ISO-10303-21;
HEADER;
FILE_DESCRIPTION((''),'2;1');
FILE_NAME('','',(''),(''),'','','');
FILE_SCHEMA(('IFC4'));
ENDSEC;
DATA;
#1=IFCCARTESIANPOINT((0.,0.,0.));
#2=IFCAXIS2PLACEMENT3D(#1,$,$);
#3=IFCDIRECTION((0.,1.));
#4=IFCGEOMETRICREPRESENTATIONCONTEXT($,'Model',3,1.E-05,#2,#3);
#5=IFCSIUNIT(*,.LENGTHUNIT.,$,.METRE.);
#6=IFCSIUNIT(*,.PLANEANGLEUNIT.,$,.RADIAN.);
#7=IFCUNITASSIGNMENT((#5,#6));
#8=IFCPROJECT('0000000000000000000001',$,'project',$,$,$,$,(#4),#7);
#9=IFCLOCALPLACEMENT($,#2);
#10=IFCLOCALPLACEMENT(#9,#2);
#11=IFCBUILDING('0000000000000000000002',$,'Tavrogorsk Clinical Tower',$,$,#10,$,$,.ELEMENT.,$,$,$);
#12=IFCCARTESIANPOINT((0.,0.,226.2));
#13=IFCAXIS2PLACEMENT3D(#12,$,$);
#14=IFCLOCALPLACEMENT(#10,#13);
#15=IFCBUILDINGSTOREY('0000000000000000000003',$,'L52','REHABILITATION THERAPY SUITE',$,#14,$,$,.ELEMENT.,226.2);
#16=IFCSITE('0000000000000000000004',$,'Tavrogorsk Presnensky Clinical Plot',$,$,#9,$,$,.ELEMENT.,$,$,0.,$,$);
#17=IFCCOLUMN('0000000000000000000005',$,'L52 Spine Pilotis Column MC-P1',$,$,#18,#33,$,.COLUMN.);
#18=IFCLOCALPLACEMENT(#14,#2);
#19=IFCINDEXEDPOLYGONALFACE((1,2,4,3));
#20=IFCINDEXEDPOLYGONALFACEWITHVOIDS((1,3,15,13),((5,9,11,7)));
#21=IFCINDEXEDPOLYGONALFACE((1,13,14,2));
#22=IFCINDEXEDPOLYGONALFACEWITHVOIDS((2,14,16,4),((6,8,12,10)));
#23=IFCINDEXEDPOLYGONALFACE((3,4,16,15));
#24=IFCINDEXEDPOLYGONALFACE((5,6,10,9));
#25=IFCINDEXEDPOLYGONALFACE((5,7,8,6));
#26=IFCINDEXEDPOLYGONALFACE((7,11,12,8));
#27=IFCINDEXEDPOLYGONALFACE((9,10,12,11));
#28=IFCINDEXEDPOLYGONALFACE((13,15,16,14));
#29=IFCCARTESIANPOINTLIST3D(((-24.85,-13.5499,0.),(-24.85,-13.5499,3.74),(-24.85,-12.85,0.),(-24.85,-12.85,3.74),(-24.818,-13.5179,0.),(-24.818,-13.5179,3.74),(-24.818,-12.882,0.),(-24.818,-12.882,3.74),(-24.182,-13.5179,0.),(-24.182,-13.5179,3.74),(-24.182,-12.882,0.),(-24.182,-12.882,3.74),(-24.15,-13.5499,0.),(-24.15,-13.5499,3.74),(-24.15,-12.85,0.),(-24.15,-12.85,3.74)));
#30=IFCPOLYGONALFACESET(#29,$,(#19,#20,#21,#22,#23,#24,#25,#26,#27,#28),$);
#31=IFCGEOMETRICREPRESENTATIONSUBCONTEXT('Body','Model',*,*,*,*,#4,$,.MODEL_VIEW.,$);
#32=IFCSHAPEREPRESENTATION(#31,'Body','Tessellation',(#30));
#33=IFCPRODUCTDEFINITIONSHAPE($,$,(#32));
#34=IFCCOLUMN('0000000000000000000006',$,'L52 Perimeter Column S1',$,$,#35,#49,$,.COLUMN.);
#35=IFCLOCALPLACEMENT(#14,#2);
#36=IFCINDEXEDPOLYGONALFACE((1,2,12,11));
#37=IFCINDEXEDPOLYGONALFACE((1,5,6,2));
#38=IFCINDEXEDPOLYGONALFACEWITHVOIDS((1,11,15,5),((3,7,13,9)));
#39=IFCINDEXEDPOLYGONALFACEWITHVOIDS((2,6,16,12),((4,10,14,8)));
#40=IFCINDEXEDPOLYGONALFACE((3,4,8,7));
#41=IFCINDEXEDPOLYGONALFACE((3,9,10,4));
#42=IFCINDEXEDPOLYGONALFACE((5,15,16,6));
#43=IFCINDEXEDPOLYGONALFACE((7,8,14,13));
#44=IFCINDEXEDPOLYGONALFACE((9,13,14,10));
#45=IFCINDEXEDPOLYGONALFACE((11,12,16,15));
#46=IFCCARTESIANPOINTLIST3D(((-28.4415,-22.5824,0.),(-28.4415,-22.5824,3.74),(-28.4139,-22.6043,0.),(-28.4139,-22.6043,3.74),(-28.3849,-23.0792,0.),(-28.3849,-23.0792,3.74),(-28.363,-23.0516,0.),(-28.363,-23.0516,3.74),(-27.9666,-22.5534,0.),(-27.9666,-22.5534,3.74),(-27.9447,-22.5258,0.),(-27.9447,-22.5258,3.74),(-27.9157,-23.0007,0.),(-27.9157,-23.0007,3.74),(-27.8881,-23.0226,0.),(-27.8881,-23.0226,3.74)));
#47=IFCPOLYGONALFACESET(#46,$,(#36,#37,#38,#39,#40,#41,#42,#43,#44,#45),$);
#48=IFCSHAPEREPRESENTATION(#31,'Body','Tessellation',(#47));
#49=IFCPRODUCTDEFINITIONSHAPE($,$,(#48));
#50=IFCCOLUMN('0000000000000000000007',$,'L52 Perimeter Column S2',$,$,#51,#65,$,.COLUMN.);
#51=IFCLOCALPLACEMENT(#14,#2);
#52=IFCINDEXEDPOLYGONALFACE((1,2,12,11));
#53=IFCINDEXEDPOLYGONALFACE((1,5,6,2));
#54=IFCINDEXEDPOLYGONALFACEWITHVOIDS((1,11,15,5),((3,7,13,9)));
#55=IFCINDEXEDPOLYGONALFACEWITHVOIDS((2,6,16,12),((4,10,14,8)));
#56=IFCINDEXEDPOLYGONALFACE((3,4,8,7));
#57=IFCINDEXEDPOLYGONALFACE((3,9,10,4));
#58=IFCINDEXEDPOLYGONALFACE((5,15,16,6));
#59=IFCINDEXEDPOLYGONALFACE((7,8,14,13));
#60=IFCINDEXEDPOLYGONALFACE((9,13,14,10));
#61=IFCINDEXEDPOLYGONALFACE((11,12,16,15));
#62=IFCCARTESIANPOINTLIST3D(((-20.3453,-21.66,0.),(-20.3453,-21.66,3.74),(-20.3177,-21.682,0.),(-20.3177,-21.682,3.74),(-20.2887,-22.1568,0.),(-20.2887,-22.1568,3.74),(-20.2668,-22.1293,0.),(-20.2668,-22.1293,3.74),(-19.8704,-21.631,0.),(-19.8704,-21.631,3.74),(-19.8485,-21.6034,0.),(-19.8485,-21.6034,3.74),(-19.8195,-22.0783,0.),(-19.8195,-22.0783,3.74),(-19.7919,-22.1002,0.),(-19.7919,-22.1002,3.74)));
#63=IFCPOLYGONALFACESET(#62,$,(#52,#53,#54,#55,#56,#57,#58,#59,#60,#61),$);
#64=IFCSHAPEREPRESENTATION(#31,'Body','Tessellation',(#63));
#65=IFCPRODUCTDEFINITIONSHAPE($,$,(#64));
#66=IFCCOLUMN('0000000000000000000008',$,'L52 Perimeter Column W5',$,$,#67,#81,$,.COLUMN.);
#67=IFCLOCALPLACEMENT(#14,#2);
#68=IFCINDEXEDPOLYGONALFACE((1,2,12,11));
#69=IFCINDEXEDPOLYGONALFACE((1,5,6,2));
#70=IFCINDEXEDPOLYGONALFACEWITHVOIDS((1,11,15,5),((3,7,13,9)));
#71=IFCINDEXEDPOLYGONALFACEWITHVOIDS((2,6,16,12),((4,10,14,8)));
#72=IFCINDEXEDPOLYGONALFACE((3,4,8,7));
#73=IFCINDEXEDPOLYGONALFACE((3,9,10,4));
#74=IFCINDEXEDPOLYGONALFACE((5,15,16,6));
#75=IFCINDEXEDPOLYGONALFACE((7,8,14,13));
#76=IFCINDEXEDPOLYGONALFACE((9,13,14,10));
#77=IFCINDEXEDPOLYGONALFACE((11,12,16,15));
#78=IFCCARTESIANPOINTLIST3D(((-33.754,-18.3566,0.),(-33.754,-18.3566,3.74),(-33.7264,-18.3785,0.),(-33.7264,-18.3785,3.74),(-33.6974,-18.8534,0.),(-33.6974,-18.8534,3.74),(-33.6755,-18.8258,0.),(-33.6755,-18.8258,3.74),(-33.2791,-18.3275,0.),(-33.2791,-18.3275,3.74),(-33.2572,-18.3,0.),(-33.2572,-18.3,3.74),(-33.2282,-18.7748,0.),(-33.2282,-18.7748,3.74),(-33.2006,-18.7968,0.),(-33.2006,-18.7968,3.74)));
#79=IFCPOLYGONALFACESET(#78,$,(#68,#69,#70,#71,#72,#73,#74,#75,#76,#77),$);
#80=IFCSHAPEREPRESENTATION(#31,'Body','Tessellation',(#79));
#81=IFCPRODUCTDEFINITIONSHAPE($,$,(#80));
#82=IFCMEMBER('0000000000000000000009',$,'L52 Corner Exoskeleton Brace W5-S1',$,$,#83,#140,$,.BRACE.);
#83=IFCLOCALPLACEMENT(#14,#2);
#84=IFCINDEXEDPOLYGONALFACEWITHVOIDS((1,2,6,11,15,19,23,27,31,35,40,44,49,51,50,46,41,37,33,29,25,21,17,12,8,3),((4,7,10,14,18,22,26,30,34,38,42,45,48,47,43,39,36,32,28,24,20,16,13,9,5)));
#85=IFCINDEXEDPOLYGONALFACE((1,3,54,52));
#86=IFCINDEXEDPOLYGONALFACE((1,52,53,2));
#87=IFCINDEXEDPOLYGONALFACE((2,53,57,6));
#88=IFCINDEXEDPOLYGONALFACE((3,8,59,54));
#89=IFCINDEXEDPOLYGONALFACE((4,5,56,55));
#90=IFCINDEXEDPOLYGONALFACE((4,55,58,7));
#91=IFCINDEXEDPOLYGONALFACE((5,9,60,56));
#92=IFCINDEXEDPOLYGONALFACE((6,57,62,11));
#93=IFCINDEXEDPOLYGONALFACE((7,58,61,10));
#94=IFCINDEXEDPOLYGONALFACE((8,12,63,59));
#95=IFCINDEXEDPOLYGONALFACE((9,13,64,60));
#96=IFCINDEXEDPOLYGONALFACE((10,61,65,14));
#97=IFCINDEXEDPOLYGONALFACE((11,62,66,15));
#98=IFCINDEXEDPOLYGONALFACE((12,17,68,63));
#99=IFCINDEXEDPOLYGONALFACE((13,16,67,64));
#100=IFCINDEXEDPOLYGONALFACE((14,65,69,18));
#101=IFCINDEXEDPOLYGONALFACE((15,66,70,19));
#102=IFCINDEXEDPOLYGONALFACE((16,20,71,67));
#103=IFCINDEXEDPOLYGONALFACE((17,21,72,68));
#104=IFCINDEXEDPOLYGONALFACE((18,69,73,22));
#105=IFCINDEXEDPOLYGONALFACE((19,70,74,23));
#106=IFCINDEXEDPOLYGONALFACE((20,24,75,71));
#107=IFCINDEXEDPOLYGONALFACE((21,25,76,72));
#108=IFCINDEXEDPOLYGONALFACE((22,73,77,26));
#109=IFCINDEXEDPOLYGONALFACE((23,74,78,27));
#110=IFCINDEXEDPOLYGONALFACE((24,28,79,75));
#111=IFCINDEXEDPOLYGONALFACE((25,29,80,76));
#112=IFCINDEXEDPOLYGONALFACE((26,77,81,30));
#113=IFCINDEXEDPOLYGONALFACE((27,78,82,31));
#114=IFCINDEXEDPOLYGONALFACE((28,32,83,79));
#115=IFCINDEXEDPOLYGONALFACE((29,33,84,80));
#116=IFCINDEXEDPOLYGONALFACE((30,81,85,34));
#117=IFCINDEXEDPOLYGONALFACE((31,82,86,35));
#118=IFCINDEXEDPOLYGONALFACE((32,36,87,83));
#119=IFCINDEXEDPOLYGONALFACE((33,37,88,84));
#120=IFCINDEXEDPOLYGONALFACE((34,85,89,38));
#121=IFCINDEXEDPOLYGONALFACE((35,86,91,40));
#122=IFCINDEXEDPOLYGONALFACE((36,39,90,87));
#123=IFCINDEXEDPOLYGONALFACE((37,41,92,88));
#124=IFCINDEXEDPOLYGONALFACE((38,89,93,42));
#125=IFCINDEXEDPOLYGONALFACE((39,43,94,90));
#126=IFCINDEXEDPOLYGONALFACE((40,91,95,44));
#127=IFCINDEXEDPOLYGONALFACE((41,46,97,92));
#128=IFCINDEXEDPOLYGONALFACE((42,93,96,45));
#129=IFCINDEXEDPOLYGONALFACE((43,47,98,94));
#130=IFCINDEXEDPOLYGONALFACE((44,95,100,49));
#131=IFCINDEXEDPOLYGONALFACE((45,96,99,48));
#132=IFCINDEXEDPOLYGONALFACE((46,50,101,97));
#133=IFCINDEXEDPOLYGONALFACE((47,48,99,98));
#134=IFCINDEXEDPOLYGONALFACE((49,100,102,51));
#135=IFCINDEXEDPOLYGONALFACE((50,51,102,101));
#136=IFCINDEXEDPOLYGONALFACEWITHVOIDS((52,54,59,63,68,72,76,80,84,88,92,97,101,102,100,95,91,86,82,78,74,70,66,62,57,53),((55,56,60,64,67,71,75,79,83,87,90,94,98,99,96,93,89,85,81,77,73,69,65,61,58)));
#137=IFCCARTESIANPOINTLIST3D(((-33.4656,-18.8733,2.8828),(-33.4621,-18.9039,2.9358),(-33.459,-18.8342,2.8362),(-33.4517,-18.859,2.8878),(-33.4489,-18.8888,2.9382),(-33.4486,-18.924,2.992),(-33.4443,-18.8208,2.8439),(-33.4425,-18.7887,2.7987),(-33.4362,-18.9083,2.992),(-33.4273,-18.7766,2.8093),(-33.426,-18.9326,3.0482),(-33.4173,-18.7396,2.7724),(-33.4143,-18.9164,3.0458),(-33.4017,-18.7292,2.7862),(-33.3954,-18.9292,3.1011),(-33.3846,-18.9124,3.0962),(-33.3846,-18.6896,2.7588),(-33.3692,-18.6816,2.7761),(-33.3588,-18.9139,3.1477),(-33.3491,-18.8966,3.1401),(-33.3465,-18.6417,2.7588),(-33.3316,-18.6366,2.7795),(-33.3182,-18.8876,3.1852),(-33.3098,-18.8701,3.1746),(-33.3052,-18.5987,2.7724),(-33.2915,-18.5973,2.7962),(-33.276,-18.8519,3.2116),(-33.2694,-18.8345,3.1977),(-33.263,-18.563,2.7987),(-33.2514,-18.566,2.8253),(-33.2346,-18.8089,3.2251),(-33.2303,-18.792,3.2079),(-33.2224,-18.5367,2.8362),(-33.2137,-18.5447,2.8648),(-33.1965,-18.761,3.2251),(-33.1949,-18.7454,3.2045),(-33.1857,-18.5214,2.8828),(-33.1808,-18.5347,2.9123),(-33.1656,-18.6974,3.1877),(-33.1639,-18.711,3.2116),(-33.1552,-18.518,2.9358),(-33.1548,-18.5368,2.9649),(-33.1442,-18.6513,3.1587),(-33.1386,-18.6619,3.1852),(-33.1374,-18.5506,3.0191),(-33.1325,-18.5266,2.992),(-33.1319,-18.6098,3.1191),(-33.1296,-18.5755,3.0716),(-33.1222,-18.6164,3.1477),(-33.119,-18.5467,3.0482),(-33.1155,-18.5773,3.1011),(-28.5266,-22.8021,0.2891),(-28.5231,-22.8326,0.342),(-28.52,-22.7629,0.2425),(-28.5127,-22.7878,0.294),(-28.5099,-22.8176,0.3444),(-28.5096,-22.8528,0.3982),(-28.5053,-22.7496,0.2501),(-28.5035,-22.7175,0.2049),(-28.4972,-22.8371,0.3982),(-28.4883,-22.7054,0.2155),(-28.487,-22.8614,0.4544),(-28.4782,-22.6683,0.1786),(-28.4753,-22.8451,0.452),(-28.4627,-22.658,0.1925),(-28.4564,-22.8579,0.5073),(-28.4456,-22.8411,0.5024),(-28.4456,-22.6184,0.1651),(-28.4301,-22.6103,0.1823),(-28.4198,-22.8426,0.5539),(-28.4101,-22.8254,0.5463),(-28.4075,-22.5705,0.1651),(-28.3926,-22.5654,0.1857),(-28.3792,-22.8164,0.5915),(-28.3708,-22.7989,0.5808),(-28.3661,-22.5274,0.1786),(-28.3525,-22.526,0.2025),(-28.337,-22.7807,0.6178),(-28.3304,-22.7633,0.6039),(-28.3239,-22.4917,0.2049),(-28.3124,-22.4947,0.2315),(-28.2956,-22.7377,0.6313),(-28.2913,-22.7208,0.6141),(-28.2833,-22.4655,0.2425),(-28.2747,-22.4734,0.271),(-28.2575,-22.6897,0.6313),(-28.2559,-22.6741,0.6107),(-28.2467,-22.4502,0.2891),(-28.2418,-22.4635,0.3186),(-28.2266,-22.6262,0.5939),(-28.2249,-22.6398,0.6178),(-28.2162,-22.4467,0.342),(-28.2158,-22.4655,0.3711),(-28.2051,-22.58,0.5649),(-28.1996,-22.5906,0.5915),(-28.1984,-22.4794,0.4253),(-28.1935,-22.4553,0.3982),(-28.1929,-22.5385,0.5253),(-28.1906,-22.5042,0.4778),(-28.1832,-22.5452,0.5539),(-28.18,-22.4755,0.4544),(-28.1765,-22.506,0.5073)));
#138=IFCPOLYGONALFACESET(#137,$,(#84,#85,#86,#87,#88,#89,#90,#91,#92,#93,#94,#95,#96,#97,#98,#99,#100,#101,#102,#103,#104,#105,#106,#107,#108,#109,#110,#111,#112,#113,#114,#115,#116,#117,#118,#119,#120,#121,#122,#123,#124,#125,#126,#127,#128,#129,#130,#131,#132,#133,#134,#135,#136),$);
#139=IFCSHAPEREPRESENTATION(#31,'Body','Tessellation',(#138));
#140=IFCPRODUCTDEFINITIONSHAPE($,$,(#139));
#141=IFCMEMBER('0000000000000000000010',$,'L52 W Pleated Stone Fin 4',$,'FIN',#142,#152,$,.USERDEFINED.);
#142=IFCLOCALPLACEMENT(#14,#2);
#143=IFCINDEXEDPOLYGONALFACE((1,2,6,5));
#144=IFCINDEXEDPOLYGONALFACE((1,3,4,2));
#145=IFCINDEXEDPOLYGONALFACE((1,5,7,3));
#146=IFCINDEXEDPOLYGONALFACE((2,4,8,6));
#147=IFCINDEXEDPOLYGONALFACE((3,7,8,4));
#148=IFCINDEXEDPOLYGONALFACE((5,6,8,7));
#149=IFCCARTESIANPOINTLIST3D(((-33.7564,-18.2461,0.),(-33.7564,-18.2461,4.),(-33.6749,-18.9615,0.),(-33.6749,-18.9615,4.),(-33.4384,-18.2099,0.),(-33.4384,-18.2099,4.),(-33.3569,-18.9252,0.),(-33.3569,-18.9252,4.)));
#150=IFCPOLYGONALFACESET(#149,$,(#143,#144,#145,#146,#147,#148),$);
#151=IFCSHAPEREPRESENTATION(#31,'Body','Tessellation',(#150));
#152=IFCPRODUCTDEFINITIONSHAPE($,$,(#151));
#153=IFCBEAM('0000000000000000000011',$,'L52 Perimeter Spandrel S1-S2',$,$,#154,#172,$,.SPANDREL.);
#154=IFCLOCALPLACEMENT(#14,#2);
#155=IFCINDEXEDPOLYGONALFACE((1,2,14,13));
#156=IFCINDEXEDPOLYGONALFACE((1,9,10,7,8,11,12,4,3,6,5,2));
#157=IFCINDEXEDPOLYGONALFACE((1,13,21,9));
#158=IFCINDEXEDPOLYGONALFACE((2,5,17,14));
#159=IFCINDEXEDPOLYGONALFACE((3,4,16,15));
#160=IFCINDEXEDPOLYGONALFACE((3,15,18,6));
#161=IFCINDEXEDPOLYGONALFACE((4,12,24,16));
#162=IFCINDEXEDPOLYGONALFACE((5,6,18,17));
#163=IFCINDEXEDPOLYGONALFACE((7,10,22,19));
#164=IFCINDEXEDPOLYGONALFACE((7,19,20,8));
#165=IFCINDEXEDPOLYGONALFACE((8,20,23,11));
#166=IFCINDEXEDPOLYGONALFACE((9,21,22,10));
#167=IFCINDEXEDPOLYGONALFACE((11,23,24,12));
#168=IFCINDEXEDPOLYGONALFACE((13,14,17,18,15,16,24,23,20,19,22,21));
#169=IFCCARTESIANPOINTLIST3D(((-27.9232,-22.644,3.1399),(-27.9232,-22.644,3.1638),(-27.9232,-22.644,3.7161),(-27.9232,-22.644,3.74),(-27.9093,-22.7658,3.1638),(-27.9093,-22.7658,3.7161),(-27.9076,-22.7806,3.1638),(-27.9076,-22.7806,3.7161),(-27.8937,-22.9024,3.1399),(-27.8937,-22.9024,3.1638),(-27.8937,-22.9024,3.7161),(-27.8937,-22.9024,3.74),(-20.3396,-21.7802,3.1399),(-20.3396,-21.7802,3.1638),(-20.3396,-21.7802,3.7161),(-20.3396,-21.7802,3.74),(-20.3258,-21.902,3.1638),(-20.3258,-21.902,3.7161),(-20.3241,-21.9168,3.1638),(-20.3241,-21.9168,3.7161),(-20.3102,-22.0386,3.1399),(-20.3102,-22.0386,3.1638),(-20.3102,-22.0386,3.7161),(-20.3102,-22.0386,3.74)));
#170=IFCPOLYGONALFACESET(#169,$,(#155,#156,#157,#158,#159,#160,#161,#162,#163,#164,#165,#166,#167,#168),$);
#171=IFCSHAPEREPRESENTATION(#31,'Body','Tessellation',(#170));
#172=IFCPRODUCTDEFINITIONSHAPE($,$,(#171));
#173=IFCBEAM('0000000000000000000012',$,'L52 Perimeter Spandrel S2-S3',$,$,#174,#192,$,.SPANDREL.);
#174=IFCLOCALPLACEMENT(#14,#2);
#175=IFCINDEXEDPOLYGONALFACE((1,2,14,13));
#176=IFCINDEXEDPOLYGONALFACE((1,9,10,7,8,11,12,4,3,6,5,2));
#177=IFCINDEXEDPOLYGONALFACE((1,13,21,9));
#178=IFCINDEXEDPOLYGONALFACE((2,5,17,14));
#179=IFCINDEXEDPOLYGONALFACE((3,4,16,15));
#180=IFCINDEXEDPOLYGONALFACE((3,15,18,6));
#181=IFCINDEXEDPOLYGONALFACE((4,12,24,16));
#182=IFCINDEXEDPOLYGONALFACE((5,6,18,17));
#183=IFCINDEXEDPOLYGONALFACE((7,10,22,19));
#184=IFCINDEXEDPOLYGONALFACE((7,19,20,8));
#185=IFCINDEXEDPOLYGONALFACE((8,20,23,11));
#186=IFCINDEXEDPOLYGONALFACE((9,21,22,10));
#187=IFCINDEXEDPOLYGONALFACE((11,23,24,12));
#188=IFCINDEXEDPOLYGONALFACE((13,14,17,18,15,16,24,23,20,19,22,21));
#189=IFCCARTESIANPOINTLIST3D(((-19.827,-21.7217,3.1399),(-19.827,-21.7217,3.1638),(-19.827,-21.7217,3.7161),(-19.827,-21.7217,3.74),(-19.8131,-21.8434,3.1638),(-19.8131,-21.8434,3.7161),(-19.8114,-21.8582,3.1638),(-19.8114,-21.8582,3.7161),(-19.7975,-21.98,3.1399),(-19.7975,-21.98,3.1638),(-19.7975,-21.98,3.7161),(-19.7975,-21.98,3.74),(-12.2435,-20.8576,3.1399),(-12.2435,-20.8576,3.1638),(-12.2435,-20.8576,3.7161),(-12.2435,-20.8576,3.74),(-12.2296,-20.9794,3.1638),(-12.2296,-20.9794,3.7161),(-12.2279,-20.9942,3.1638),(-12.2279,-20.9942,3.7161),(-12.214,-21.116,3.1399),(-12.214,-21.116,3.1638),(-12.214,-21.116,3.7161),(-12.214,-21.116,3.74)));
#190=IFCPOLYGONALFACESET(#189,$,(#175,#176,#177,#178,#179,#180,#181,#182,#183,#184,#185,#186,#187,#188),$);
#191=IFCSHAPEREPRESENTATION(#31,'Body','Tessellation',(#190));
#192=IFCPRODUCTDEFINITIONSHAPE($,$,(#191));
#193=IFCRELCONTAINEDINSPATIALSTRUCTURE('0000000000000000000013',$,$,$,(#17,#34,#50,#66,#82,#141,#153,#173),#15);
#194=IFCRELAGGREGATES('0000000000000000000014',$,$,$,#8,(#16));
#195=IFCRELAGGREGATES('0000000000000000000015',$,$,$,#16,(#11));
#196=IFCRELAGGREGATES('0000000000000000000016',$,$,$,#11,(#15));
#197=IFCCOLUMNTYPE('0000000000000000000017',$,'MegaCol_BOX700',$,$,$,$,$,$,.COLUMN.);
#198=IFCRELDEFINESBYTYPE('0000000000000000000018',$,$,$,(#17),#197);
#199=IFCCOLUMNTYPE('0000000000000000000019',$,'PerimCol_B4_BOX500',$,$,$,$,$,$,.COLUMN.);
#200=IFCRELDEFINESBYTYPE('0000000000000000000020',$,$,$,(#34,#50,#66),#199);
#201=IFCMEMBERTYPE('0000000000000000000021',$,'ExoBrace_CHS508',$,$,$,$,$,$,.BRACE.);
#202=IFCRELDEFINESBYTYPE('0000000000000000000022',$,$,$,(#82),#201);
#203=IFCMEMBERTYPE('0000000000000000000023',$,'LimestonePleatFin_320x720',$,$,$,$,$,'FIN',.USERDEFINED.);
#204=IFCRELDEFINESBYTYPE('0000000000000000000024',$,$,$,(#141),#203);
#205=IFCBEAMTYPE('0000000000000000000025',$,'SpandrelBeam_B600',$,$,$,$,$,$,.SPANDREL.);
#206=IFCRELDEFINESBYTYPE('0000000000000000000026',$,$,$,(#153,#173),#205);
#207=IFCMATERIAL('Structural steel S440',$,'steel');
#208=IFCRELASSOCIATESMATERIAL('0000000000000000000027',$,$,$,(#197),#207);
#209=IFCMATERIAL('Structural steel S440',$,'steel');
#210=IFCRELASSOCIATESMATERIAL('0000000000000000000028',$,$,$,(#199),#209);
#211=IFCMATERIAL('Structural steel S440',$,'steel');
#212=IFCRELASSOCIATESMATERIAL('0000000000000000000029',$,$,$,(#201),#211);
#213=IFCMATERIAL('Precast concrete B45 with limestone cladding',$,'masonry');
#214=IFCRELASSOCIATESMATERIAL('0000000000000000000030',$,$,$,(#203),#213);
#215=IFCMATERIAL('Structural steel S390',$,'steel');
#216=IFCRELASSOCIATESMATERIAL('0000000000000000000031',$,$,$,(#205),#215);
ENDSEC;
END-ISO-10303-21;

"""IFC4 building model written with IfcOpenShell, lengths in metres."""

from ifc_helpers import new_model, si_unit, direction, frame, origin, origin_2d, place, context, subcontext, project, spatial, rectangle, hollow_rectangle, hollow_circle, i_section, extrude, material, material_profile, profile_set, type_object, element, save


model = new_model("IFC4")

# Units and contexts
model_context = context("Model", 3, precision=1e-05, world=origin(), true_north=direction((0.0, 1.0)))
body_context = subcontext(model_context, "Body", "Model", "MODEL_VIEW")
ifc_project = project(units=[si_unit("LENGTHUNIT", "METRE"), si_unit("PLANEANGLEUNIT", "RADIAN")], contexts=[model_context])

# Site, building, storey
site_placement = place(None, origin())
site = spatial("IfcSite", under=ifc_project, at=site_placement, Name="Tavrogorsk Presnensky Clinical Plot", CompositionType="ELEMENT", RefElevation=0.0)
building_placement = place(site_placement, origin())
building = spatial("IfcBuilding", under=site, at=building_placement, Name="Tavrogorsk Clinical Tower", CompositionType="ELEMENT")
storey_placement = place(building_placement, frame((0.0, 0.0, 226.2)))
storey = spatial("IfcBuildingStorey", under=building, at=storey_placement, Name="L52", Description="REHABILITATION THERAPY SUITE", CompositionType="ELEMENT", Elevation=226.2)

# Columns
ifc_material_1 = material(Name="Structural steel S440", Category="steel")
ifc_material_profile_1 = material_profile(ifc_material_1, hollow_rectangle(XDim=0.7, YDim=0.7, WallThickness=0.032, at=origin_2d()), Name="BOX-700x700x32")
ifc_profile_set_1 = profile_set([ifc_material_profile_1], Name="Structural steel S440")
column_type_1 = type_object("IfcColumnType", Name="MegaCol_BOX700", PredefinedType="COLUMN", material=ifc_profile_set_1)
column_placement = place(storey_placement, frame((-24.5, -13.2, 0.0), z_axis=(0.0, 0.0, 1.0), x_axis=(1.0, 0.0, 0.0)))
element("IfcColumn", 1, at=column_placement, inside=storey, type_object=column_type_1, Name="L52 Spine Pilotis Column MC-P1", PredefinedType="COLUMN", context=body_context, shape_type="SweptSolid", body=[
    extrude(hollow_rectangle(XDim=0.7, YDim=0.7, WallThickness=0.032, at=origin_2d()), origin(), (0.0, 0.0, 1.0), 3.74),
])
ifc_material_2 = material(Name="Structural steel S440", Category="steel")
ifc_material_profile_2 = material_profile(ifc_material_2, hollow_rectangle(XDim=0.5, YDim=0.5, WallThickness=0.0249, at=origin_2d()), Name="BOX-500x500x25")
ifc_profile_set_2 = profile_set([ifc_material_profile_2], Name="Structural steel S440")
column_type_2 = type_object("IfcColumnType", Name="PerimCol_B4_BOX500", PredefinedType="COLUMN", material=ifc_profile_set_2)
for number, where, z_axis, x_axis, name in (
    (2, (-28.1648, -22.8025, 0.0), (0.0, 0.0, 1.0), (0.993572, 0.113203, 0.0), "L52 Perimeter Column S1"),
    (3, (-20.0686, -21.8801, 0.0), (0.0, 0.0, 1.0), (0.993572, 0.113203, 0.0), "L52 Perimeter Column S2"),
    (4, (-33.4773, -18.5767, 0.0), (0.0, 0.0, 1.0), (0.993572, 0.113203, 0.0), "L52 Perimeter Column W5"),
):
    element("IfcColumn", number, at=place(storey_placement, frame(where, z_axis=z_axis, x_axis=x_axis)), inside=storey, type_object=column_type_2, Name=name, PredefinedType="COLUMN", context=body_context, shape_type="SweptSolid", body=[
        extrude(hollow_rectangle(XDim=0.5, YDim=0.5, WallThickness=0.0249, at=origin_2d()), origin(), (0.0, 0.0, 1.0), 3.74),
    ])

# Members
ifc_material_3 = material(Name="Structural steel S440", Category="steel")
ifc_material_profile_3 = material_profile(ifc_material_3, hollow_circle(Radius=0.2539, WallThickness=0.02, at=origin_2d()), Name="CHS-508x20")
ifc_profile_set_3 = profile_set([ifc_material_profile_3], Name="Structural steel S440")
member_type_1 = type_object("IfcMemberType", Name="ExoBrace_CHS508", PredefinedType="BRACE", material=ifc_profile_set_3)
member_1_placement = place(storey_placement, frame((-28.3516, -22.6541, 0.3982), z_axis=(-0.723852, 0.575789, 0.380138), x_axis=(-0.622522, -0.782602, 0.0)))
element("IfcMember", 5, at=member_1_placement, inside=storey, type_object=member_type_1, Name="L52 Corner Exoskeleton Brace W5-S1", PredefinedType="BRACE", context=body_context, shape_type="SweptSolid", body=[
    extrude(hollow_circle(Radius=0.2539, WallThickness=0.02, at=origin_2d()), origin(), (0.0, 0.0, 1.0), 6.8232),
])
ifc_material_4 = material(Name="Precast concrete B45 with limestone cladding", Category="masonry")
ifc_material_profile_4 = material_profile(ifc_material_4, rectangle(XDim=0.3201, YDim=0.72, at=origin_2d()), Name="LIMESTONE-FIN-320x720")
ifc_profile_set_4 = profile_set([ifc_material_profile_4], Name="Precast concrete B45 with limestone cladding")
member_type_2 = type_object("IfcMemberType", Name="LimestonePleatFin_320x720", ElementType="FIN", PredefinedType="USERDEFINED", material=ifc_profile_set_4)
member_2_placement = place(storey_placement, frame((-33.5566, -18.5857, 0.0), z_axis=(0.0, 0.0, 1.0), x_axis=(0.993572, 0.113203, 0.0)))
element("IfcMember", 6, at=member_2_placement, inside=storey, type_object=member_type_2, Name="L52 W Pleated Stone Fin 4", ObjectType="FIN", PredefinedType="USERDEFINED", context=body_context, shape_type="SweptSolid", body=[
    extrude(rectangle(XDim=0.3201, YDim=0.72, at=origin_2d()), origin(), (0.0, 0.0, 1.0), 4.0),
])

# Beams
ifc_material_5 = material(Name="Structural steel S390", Category="steel")
ifc_material_profile_5 = material_profile(ifc_material_5, i_section(OverallWidth=0.26, OverallDepth=0.6001, WebThickness=0.0149, FlangeThickness=0.0239, at=origin_2d()), Name="B-600x260x15x24")
ifc_profile_set_5 = profile_set([ifc_material_profile_5], Name="Structural steel S390")
beam_type_1 = type_object("IfcBeamType", Name="SpandrelBeam_B600", PredefinedType="SPANDREL", material=ifc_profile_set_5)
for number, where, z_axis, x_axis, name in (
    (7, (-27.9084, -22.7732, 3.4399), (0.993576, 0.113169, 0.0), (-0.113169, 0.993576, 0.0), "L52 Perimeter Spandrel S1-S2"),
    (8, (-19.8123, -21.8508, 3.4399), (0.993572, 0.113201, 0.0), (-0.113201, 0.993572, 0.0), "L52 Perimeter Spandrel S2-S3"),
):
    element("IfcBeam", number, at=place(storey_placement, frame(where, z_axis=z_axis, x_axis=x_axis)), inside=storey, type_object=beam_type_1, Name=name, PredefinedType="SPANDREL", context=body_context, shape_type="SweptSolid", body=[
        extrude(i_section(OverallWidth=0.26, OverallDepth=0.6001, WebThickness=0.0149, FlangeThickness=0.0239, at=origin_2d()), origin(), (0.0, 0.0, 1.0), 7.6326),
    ])

save(model, "model.ifc")
